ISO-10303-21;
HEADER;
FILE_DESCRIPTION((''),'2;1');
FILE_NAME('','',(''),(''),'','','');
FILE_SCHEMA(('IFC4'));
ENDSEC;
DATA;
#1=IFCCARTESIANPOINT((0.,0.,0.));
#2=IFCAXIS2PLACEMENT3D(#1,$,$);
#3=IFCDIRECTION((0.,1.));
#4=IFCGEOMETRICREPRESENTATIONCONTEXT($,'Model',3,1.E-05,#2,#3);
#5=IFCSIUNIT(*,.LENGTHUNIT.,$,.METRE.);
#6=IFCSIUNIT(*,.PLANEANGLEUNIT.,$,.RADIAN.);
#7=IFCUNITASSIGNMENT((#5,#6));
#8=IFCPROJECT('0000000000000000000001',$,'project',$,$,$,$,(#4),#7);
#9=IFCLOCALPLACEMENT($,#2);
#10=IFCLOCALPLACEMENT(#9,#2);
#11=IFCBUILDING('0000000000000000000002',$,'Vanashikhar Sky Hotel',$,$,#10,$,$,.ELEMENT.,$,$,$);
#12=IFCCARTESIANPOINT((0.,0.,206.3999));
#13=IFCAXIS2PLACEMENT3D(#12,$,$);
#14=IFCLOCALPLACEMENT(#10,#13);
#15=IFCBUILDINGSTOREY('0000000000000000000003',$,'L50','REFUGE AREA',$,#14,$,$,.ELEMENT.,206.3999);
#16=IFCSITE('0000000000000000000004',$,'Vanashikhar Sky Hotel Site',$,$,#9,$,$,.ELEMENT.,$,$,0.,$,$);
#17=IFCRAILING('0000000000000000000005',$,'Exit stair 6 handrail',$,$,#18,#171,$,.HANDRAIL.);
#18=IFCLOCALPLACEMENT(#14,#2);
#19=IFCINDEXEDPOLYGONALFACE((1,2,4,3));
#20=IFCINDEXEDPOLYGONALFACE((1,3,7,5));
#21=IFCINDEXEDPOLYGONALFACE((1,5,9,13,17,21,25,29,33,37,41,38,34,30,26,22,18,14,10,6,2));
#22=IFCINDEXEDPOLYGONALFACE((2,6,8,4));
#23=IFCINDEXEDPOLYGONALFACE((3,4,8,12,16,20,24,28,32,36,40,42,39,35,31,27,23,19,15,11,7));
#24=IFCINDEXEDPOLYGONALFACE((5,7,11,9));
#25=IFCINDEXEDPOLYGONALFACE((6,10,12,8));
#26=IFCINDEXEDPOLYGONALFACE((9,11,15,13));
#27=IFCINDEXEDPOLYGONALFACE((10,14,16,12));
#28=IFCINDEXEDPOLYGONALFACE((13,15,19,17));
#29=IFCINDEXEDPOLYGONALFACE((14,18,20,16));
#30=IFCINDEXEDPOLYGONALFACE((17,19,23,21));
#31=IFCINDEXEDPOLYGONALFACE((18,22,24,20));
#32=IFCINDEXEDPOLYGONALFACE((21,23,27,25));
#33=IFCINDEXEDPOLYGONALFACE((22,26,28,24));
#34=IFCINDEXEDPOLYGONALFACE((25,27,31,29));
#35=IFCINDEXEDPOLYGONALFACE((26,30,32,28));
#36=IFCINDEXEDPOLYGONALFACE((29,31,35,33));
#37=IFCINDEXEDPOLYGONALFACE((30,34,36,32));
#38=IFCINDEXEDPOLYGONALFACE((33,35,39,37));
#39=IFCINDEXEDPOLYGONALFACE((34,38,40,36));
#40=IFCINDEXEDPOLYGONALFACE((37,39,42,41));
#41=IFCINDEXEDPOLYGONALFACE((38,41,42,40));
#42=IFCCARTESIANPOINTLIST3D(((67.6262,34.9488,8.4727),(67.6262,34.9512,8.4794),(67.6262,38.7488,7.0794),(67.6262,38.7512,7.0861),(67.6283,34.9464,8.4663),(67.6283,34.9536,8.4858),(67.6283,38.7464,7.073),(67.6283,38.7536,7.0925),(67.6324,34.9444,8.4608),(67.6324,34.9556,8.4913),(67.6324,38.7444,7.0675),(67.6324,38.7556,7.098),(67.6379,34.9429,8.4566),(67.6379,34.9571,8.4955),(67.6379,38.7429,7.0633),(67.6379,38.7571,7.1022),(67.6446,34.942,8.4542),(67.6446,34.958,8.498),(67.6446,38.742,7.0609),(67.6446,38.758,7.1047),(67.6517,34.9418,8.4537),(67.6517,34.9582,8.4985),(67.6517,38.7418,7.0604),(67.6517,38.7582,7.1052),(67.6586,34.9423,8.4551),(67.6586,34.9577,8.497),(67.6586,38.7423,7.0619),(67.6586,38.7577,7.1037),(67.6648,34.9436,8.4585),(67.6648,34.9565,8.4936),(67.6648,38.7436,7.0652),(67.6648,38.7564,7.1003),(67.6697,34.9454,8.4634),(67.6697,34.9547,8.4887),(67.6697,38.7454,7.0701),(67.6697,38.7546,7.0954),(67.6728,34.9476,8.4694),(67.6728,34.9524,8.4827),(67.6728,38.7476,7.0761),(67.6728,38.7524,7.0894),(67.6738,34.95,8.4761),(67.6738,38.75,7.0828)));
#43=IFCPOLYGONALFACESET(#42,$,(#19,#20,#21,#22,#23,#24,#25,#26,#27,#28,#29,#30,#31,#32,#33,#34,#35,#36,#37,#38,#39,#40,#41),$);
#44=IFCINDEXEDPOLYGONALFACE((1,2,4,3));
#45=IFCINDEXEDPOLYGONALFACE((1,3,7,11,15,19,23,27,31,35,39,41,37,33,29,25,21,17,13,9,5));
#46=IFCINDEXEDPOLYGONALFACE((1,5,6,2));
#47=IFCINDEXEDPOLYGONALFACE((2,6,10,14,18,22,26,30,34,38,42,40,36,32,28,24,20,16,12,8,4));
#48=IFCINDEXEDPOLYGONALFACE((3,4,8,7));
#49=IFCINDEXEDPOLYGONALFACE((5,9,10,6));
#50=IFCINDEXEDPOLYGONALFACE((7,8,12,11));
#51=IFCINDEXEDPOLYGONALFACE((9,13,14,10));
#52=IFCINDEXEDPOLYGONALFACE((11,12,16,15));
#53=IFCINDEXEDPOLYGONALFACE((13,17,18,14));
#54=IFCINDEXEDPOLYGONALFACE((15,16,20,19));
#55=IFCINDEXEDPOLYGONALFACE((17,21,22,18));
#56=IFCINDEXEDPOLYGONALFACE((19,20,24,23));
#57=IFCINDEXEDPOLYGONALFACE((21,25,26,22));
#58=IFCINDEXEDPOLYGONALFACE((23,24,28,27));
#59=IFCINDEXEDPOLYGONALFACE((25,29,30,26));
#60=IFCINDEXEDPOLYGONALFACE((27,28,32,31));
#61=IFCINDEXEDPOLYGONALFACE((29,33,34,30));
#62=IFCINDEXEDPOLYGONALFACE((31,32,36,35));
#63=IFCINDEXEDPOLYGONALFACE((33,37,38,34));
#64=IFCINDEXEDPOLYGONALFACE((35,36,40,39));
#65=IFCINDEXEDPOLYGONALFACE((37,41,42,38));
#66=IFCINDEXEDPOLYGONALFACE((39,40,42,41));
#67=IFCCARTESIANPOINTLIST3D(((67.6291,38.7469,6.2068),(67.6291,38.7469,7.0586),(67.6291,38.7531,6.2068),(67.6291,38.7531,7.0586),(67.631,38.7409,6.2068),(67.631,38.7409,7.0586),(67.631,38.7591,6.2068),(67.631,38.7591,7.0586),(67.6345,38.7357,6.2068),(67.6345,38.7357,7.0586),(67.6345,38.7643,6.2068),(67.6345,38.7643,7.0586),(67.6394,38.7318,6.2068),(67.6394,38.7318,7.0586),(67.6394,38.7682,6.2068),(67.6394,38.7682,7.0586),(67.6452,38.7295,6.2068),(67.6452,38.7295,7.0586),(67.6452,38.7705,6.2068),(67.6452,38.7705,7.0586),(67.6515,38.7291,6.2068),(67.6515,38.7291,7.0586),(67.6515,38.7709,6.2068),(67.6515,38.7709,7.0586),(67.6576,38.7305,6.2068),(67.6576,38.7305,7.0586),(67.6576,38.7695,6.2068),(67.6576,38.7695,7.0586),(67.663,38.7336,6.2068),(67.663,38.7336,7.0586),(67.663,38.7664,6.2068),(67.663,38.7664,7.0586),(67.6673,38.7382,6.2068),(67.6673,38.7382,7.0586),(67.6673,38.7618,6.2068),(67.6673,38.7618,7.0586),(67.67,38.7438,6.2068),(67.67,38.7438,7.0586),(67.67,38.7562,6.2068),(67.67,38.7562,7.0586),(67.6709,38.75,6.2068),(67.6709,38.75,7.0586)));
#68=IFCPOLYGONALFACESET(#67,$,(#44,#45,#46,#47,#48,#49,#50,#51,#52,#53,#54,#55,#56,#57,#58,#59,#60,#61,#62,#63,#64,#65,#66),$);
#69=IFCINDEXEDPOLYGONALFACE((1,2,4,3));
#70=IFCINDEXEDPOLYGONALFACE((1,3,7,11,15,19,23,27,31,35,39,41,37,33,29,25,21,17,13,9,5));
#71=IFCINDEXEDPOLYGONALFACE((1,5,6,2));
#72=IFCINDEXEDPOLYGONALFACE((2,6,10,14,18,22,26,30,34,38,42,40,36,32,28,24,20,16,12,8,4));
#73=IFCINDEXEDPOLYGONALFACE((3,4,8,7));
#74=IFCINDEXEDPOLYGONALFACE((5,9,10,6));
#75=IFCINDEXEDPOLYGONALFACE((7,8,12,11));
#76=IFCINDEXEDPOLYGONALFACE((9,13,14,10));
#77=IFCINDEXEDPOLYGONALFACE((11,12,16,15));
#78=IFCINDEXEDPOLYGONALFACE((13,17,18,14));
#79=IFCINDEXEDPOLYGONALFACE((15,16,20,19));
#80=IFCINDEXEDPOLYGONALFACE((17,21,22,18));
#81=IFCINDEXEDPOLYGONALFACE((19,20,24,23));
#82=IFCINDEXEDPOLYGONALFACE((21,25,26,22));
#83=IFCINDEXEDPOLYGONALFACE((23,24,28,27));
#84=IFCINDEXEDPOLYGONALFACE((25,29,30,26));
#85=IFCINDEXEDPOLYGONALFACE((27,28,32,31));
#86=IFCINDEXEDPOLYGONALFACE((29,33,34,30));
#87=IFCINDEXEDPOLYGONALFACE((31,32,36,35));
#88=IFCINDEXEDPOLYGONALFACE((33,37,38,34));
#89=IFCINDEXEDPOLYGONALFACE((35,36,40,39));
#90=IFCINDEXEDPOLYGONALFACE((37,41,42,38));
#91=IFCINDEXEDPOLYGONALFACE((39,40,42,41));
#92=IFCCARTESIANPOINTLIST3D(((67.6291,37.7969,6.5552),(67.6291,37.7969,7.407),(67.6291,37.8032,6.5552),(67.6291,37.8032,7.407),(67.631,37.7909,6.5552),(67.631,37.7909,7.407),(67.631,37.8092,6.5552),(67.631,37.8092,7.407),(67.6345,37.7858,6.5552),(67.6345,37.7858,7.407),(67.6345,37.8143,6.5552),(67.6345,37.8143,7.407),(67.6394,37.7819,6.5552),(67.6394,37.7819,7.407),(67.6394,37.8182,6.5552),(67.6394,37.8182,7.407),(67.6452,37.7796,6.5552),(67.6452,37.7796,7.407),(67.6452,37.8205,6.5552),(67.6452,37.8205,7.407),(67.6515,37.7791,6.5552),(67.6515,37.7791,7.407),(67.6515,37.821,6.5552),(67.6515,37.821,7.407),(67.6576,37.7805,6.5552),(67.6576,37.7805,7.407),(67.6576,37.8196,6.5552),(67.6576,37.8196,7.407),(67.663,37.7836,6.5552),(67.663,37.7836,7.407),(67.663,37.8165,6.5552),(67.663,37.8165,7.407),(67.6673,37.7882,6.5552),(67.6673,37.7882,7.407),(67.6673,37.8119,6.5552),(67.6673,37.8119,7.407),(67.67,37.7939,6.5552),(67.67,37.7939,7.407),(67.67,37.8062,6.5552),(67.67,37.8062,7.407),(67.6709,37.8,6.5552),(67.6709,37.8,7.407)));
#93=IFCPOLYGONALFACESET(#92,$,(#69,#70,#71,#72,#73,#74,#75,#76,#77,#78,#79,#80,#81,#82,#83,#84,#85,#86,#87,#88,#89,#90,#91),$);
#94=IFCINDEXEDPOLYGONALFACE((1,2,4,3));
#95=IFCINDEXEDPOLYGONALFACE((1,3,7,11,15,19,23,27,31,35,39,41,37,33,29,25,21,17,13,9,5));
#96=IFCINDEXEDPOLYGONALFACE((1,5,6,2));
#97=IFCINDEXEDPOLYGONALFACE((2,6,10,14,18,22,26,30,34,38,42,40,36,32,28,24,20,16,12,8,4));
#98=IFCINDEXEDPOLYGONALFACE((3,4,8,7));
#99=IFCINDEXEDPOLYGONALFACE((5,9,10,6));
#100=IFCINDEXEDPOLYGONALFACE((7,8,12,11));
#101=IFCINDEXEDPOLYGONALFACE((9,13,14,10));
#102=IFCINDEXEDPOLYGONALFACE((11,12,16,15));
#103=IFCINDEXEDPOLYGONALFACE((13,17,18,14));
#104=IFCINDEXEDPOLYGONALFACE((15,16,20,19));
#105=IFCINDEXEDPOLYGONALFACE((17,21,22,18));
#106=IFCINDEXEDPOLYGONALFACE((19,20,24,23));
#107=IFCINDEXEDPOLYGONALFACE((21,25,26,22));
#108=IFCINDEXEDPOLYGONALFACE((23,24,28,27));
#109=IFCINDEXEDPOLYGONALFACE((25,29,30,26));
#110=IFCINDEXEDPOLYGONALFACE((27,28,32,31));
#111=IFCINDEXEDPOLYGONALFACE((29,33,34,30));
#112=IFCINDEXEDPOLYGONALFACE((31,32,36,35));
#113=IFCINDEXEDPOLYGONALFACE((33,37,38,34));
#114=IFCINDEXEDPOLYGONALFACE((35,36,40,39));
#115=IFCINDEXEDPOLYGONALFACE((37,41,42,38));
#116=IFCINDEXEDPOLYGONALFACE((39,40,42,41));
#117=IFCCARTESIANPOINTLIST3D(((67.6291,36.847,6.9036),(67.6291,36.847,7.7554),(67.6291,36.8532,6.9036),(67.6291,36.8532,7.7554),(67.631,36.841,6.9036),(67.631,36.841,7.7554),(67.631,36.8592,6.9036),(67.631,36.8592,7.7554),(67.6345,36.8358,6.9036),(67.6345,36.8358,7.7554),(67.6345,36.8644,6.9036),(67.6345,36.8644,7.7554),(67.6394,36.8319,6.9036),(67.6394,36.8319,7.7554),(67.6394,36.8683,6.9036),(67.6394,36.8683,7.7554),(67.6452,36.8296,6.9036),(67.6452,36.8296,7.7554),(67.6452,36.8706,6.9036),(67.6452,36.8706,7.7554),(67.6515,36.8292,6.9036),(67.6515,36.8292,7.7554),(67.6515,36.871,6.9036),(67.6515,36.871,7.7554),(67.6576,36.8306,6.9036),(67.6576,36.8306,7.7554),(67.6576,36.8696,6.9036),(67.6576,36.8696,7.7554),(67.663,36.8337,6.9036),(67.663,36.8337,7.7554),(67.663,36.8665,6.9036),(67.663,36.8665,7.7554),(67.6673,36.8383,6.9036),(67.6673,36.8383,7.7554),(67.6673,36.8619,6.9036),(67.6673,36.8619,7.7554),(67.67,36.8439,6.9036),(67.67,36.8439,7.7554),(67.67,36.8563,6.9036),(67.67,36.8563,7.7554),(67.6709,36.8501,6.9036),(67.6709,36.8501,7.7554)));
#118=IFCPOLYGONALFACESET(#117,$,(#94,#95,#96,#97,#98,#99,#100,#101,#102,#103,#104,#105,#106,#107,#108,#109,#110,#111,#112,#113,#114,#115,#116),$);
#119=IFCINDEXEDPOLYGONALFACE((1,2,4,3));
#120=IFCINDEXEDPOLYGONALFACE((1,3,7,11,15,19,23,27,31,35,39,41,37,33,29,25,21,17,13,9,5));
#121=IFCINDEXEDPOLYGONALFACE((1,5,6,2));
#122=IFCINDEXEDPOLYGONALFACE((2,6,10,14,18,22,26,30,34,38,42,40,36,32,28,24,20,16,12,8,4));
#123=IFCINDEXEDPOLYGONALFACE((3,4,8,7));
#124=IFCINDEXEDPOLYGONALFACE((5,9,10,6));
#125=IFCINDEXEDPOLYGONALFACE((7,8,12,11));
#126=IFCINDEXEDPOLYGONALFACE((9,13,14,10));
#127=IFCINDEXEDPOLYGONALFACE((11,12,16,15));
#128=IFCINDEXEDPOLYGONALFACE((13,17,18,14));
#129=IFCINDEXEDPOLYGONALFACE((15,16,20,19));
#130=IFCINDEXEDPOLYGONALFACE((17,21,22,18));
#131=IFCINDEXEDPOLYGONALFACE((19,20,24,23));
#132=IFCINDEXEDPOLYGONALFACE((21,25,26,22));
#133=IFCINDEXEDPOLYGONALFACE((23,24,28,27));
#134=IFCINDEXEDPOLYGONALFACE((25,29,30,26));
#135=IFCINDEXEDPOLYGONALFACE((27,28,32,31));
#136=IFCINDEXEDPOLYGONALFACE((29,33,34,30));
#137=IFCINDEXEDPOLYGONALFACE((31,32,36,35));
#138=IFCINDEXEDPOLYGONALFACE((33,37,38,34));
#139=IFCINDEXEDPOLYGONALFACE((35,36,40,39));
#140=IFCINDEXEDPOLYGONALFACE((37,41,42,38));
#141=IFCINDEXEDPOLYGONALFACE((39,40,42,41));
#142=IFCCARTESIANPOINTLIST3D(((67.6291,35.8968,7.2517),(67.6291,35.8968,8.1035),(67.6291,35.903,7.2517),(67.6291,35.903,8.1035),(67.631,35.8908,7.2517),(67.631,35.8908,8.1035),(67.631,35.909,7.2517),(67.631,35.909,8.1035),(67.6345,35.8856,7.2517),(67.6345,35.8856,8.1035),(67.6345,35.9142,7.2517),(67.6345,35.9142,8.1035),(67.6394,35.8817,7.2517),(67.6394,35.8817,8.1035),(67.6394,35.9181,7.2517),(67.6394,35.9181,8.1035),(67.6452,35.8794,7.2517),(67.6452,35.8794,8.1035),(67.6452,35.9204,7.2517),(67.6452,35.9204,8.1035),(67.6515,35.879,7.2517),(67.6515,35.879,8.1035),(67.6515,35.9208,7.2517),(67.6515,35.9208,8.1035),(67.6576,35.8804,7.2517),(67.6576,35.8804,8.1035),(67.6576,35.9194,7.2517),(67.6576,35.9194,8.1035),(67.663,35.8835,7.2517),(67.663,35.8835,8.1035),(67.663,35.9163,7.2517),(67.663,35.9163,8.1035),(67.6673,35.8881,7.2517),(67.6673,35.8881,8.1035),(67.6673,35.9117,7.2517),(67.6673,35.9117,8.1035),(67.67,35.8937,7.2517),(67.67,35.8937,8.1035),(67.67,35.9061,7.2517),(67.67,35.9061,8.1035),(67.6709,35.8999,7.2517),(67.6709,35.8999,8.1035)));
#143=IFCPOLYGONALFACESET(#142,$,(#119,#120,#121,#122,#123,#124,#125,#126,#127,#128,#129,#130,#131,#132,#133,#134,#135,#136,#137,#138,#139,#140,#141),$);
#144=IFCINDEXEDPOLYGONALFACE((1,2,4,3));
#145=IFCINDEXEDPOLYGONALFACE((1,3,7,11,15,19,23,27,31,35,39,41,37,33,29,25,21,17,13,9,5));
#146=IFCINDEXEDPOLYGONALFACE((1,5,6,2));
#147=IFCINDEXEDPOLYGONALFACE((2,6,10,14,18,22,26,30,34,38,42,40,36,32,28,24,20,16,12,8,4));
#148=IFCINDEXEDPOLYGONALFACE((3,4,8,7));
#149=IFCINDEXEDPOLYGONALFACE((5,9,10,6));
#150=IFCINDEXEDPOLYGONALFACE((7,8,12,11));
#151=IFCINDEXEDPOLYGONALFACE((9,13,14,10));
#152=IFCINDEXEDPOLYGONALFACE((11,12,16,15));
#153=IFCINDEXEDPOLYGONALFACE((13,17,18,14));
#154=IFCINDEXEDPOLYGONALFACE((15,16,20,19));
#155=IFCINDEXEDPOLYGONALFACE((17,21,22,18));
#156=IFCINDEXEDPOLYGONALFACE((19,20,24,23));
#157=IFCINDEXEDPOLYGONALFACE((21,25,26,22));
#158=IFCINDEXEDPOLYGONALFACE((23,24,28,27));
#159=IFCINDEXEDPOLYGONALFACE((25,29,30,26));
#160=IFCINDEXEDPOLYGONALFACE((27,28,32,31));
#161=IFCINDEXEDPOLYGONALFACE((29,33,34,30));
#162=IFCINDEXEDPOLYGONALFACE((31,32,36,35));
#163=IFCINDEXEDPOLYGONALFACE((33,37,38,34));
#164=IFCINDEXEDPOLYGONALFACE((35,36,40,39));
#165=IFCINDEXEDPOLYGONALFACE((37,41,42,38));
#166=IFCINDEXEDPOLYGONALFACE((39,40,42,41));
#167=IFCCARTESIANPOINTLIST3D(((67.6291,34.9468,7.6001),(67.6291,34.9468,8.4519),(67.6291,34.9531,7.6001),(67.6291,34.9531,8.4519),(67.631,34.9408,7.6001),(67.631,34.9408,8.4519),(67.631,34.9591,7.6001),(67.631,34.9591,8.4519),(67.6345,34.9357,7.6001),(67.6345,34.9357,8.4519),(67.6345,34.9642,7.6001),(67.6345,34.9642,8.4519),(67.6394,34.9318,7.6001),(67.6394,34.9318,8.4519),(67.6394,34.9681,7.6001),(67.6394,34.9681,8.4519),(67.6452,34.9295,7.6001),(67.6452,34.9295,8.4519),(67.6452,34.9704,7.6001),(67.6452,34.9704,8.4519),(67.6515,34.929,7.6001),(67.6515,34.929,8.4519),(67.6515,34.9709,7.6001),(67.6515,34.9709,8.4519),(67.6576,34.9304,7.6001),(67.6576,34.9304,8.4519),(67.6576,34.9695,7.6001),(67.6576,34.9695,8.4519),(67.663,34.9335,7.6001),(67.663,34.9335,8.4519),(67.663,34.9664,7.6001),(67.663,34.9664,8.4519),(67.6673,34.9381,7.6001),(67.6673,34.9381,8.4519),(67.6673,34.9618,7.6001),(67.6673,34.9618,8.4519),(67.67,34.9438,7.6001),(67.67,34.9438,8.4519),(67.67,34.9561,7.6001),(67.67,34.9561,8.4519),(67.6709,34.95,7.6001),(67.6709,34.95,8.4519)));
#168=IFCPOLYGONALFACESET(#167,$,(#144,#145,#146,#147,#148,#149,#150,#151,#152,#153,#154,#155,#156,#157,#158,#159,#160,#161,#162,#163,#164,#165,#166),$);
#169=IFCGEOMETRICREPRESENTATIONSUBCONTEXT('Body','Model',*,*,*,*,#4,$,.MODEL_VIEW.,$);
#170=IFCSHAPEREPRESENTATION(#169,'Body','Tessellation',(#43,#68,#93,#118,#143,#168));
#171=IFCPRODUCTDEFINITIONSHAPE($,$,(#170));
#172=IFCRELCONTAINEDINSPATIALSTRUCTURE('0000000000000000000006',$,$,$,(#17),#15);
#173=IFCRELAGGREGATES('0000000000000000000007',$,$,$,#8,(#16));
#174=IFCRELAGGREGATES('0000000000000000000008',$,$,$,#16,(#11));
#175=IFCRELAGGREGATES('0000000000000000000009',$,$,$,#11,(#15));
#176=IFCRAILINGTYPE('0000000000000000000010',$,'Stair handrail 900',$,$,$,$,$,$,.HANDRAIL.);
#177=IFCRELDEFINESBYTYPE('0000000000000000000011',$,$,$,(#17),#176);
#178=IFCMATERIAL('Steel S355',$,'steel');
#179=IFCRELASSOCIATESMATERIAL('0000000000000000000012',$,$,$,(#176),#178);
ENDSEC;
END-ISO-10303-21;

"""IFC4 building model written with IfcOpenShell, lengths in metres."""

from ifc_helpers import new_model, si_unit, direction, frame, origin, origin_2d, place, context, subcontext, project, spatial, circle, extrude, source, transform, mapped, material, type_object, element, save


model = new_model("IFC4")

# Units and contexts
model_context = context("Model", 3, precision=1e-05, world=origin(), true_north=direction((0.0, 1.0)))
body_context = subcontext(model_context, "Body", "Model", "MODEL_VIEW")
ifc_project = project(units=[si_unit("LENGTHUNIT", "METRE"), si_unit("PLANEANGLEUNIT", "RADIAN")], contexts=[model_context])

# Site, building, storey
site_placement = place(None, origin())
site = spatial("IfcSite", under=ifc_project, at=site_placement, Name="Vanashikhar Sky Hotel Site", CompositionType="ELEMENT", RefElevation=0.0)
building_placement = place(site_placement, origin())
building = spatial("IfcBuilding", under=site, at=building_placement, Name="Vanashikhar Sky Hotel", CompositionType="ELEMENT")
storey_placement = place(building_placement, frame((0.0, 0.0, 206.3999)))
storey = spatial("IfcBuildingStorey", under=building, at=storey_placement, Name="L50", Description="REFUGE AREA", CompositionType="ELEMENT", Elevation=206.3999)

# Railing
ifc_material_1 = material(Name="Steel S355", Category="steel")
railing_type_1 = type_object("IfcRailingType", Name="Stair handrail 900", PredefinedType="HANDRAIL", material=ifc_material_1)
shared_shape_1 = source(origin(), body_context, "Body", "SweptSolid", [
    extrude(circle(Radius=0.0239, at=origin_2d()), frame((0.0, 0.0, 0.876), z_axis=(0.0, -0.93888, 0.344246), x_axis=(1.0, 0.0, 0.0)), (0.0, 0.0, 1.0), 4.0474),
    extrude(circle(Radius=0.021, at=origin_2d()), origin(), (0.0, 0.0, 1.0), 0.8518),
    extrude(circle(Radius=0.021, at=origin_2d()), frame((0.0, -0.95, 0.3484)), (0.0, 0.0, 1.0), 0.8518),
    extrude(circle(Radius=0.021, at=origin_2d()), frame((0.0, -1.8999, 0.6968)), (0.0, 0.0, 1.0), 0.8518),
    extrude(circle(Radius=0.021, at=origin_2d()), frame((0.0, -2.8501, 1.0449)), (0.0, 0.0, 1.0), 0.8518),
    extrude(circle(Radius=0.021, at=origin_2d()), frame((0.0, -3.8, 1.3933)), (0.0, 0.0, 1.0), 0.8518),
])
for number, where, name in (
    (1, (67.6499, 38.75, 6.2068), "Exit stair 6 handrail"),
):
    element("IfcRailing", number, at=place(storey_placement, frame(where)), inside=storey, type_object=railing_type_1, Name=name, PredefinedType="HANDRAIL", context=body_context, shape_type="MappedRepresentation", body=[
        mapped(shared_shape_1, transform((0.0, 0.0, 0.0), scale=1.0)),
    ])

save(model, "model.ifc")
